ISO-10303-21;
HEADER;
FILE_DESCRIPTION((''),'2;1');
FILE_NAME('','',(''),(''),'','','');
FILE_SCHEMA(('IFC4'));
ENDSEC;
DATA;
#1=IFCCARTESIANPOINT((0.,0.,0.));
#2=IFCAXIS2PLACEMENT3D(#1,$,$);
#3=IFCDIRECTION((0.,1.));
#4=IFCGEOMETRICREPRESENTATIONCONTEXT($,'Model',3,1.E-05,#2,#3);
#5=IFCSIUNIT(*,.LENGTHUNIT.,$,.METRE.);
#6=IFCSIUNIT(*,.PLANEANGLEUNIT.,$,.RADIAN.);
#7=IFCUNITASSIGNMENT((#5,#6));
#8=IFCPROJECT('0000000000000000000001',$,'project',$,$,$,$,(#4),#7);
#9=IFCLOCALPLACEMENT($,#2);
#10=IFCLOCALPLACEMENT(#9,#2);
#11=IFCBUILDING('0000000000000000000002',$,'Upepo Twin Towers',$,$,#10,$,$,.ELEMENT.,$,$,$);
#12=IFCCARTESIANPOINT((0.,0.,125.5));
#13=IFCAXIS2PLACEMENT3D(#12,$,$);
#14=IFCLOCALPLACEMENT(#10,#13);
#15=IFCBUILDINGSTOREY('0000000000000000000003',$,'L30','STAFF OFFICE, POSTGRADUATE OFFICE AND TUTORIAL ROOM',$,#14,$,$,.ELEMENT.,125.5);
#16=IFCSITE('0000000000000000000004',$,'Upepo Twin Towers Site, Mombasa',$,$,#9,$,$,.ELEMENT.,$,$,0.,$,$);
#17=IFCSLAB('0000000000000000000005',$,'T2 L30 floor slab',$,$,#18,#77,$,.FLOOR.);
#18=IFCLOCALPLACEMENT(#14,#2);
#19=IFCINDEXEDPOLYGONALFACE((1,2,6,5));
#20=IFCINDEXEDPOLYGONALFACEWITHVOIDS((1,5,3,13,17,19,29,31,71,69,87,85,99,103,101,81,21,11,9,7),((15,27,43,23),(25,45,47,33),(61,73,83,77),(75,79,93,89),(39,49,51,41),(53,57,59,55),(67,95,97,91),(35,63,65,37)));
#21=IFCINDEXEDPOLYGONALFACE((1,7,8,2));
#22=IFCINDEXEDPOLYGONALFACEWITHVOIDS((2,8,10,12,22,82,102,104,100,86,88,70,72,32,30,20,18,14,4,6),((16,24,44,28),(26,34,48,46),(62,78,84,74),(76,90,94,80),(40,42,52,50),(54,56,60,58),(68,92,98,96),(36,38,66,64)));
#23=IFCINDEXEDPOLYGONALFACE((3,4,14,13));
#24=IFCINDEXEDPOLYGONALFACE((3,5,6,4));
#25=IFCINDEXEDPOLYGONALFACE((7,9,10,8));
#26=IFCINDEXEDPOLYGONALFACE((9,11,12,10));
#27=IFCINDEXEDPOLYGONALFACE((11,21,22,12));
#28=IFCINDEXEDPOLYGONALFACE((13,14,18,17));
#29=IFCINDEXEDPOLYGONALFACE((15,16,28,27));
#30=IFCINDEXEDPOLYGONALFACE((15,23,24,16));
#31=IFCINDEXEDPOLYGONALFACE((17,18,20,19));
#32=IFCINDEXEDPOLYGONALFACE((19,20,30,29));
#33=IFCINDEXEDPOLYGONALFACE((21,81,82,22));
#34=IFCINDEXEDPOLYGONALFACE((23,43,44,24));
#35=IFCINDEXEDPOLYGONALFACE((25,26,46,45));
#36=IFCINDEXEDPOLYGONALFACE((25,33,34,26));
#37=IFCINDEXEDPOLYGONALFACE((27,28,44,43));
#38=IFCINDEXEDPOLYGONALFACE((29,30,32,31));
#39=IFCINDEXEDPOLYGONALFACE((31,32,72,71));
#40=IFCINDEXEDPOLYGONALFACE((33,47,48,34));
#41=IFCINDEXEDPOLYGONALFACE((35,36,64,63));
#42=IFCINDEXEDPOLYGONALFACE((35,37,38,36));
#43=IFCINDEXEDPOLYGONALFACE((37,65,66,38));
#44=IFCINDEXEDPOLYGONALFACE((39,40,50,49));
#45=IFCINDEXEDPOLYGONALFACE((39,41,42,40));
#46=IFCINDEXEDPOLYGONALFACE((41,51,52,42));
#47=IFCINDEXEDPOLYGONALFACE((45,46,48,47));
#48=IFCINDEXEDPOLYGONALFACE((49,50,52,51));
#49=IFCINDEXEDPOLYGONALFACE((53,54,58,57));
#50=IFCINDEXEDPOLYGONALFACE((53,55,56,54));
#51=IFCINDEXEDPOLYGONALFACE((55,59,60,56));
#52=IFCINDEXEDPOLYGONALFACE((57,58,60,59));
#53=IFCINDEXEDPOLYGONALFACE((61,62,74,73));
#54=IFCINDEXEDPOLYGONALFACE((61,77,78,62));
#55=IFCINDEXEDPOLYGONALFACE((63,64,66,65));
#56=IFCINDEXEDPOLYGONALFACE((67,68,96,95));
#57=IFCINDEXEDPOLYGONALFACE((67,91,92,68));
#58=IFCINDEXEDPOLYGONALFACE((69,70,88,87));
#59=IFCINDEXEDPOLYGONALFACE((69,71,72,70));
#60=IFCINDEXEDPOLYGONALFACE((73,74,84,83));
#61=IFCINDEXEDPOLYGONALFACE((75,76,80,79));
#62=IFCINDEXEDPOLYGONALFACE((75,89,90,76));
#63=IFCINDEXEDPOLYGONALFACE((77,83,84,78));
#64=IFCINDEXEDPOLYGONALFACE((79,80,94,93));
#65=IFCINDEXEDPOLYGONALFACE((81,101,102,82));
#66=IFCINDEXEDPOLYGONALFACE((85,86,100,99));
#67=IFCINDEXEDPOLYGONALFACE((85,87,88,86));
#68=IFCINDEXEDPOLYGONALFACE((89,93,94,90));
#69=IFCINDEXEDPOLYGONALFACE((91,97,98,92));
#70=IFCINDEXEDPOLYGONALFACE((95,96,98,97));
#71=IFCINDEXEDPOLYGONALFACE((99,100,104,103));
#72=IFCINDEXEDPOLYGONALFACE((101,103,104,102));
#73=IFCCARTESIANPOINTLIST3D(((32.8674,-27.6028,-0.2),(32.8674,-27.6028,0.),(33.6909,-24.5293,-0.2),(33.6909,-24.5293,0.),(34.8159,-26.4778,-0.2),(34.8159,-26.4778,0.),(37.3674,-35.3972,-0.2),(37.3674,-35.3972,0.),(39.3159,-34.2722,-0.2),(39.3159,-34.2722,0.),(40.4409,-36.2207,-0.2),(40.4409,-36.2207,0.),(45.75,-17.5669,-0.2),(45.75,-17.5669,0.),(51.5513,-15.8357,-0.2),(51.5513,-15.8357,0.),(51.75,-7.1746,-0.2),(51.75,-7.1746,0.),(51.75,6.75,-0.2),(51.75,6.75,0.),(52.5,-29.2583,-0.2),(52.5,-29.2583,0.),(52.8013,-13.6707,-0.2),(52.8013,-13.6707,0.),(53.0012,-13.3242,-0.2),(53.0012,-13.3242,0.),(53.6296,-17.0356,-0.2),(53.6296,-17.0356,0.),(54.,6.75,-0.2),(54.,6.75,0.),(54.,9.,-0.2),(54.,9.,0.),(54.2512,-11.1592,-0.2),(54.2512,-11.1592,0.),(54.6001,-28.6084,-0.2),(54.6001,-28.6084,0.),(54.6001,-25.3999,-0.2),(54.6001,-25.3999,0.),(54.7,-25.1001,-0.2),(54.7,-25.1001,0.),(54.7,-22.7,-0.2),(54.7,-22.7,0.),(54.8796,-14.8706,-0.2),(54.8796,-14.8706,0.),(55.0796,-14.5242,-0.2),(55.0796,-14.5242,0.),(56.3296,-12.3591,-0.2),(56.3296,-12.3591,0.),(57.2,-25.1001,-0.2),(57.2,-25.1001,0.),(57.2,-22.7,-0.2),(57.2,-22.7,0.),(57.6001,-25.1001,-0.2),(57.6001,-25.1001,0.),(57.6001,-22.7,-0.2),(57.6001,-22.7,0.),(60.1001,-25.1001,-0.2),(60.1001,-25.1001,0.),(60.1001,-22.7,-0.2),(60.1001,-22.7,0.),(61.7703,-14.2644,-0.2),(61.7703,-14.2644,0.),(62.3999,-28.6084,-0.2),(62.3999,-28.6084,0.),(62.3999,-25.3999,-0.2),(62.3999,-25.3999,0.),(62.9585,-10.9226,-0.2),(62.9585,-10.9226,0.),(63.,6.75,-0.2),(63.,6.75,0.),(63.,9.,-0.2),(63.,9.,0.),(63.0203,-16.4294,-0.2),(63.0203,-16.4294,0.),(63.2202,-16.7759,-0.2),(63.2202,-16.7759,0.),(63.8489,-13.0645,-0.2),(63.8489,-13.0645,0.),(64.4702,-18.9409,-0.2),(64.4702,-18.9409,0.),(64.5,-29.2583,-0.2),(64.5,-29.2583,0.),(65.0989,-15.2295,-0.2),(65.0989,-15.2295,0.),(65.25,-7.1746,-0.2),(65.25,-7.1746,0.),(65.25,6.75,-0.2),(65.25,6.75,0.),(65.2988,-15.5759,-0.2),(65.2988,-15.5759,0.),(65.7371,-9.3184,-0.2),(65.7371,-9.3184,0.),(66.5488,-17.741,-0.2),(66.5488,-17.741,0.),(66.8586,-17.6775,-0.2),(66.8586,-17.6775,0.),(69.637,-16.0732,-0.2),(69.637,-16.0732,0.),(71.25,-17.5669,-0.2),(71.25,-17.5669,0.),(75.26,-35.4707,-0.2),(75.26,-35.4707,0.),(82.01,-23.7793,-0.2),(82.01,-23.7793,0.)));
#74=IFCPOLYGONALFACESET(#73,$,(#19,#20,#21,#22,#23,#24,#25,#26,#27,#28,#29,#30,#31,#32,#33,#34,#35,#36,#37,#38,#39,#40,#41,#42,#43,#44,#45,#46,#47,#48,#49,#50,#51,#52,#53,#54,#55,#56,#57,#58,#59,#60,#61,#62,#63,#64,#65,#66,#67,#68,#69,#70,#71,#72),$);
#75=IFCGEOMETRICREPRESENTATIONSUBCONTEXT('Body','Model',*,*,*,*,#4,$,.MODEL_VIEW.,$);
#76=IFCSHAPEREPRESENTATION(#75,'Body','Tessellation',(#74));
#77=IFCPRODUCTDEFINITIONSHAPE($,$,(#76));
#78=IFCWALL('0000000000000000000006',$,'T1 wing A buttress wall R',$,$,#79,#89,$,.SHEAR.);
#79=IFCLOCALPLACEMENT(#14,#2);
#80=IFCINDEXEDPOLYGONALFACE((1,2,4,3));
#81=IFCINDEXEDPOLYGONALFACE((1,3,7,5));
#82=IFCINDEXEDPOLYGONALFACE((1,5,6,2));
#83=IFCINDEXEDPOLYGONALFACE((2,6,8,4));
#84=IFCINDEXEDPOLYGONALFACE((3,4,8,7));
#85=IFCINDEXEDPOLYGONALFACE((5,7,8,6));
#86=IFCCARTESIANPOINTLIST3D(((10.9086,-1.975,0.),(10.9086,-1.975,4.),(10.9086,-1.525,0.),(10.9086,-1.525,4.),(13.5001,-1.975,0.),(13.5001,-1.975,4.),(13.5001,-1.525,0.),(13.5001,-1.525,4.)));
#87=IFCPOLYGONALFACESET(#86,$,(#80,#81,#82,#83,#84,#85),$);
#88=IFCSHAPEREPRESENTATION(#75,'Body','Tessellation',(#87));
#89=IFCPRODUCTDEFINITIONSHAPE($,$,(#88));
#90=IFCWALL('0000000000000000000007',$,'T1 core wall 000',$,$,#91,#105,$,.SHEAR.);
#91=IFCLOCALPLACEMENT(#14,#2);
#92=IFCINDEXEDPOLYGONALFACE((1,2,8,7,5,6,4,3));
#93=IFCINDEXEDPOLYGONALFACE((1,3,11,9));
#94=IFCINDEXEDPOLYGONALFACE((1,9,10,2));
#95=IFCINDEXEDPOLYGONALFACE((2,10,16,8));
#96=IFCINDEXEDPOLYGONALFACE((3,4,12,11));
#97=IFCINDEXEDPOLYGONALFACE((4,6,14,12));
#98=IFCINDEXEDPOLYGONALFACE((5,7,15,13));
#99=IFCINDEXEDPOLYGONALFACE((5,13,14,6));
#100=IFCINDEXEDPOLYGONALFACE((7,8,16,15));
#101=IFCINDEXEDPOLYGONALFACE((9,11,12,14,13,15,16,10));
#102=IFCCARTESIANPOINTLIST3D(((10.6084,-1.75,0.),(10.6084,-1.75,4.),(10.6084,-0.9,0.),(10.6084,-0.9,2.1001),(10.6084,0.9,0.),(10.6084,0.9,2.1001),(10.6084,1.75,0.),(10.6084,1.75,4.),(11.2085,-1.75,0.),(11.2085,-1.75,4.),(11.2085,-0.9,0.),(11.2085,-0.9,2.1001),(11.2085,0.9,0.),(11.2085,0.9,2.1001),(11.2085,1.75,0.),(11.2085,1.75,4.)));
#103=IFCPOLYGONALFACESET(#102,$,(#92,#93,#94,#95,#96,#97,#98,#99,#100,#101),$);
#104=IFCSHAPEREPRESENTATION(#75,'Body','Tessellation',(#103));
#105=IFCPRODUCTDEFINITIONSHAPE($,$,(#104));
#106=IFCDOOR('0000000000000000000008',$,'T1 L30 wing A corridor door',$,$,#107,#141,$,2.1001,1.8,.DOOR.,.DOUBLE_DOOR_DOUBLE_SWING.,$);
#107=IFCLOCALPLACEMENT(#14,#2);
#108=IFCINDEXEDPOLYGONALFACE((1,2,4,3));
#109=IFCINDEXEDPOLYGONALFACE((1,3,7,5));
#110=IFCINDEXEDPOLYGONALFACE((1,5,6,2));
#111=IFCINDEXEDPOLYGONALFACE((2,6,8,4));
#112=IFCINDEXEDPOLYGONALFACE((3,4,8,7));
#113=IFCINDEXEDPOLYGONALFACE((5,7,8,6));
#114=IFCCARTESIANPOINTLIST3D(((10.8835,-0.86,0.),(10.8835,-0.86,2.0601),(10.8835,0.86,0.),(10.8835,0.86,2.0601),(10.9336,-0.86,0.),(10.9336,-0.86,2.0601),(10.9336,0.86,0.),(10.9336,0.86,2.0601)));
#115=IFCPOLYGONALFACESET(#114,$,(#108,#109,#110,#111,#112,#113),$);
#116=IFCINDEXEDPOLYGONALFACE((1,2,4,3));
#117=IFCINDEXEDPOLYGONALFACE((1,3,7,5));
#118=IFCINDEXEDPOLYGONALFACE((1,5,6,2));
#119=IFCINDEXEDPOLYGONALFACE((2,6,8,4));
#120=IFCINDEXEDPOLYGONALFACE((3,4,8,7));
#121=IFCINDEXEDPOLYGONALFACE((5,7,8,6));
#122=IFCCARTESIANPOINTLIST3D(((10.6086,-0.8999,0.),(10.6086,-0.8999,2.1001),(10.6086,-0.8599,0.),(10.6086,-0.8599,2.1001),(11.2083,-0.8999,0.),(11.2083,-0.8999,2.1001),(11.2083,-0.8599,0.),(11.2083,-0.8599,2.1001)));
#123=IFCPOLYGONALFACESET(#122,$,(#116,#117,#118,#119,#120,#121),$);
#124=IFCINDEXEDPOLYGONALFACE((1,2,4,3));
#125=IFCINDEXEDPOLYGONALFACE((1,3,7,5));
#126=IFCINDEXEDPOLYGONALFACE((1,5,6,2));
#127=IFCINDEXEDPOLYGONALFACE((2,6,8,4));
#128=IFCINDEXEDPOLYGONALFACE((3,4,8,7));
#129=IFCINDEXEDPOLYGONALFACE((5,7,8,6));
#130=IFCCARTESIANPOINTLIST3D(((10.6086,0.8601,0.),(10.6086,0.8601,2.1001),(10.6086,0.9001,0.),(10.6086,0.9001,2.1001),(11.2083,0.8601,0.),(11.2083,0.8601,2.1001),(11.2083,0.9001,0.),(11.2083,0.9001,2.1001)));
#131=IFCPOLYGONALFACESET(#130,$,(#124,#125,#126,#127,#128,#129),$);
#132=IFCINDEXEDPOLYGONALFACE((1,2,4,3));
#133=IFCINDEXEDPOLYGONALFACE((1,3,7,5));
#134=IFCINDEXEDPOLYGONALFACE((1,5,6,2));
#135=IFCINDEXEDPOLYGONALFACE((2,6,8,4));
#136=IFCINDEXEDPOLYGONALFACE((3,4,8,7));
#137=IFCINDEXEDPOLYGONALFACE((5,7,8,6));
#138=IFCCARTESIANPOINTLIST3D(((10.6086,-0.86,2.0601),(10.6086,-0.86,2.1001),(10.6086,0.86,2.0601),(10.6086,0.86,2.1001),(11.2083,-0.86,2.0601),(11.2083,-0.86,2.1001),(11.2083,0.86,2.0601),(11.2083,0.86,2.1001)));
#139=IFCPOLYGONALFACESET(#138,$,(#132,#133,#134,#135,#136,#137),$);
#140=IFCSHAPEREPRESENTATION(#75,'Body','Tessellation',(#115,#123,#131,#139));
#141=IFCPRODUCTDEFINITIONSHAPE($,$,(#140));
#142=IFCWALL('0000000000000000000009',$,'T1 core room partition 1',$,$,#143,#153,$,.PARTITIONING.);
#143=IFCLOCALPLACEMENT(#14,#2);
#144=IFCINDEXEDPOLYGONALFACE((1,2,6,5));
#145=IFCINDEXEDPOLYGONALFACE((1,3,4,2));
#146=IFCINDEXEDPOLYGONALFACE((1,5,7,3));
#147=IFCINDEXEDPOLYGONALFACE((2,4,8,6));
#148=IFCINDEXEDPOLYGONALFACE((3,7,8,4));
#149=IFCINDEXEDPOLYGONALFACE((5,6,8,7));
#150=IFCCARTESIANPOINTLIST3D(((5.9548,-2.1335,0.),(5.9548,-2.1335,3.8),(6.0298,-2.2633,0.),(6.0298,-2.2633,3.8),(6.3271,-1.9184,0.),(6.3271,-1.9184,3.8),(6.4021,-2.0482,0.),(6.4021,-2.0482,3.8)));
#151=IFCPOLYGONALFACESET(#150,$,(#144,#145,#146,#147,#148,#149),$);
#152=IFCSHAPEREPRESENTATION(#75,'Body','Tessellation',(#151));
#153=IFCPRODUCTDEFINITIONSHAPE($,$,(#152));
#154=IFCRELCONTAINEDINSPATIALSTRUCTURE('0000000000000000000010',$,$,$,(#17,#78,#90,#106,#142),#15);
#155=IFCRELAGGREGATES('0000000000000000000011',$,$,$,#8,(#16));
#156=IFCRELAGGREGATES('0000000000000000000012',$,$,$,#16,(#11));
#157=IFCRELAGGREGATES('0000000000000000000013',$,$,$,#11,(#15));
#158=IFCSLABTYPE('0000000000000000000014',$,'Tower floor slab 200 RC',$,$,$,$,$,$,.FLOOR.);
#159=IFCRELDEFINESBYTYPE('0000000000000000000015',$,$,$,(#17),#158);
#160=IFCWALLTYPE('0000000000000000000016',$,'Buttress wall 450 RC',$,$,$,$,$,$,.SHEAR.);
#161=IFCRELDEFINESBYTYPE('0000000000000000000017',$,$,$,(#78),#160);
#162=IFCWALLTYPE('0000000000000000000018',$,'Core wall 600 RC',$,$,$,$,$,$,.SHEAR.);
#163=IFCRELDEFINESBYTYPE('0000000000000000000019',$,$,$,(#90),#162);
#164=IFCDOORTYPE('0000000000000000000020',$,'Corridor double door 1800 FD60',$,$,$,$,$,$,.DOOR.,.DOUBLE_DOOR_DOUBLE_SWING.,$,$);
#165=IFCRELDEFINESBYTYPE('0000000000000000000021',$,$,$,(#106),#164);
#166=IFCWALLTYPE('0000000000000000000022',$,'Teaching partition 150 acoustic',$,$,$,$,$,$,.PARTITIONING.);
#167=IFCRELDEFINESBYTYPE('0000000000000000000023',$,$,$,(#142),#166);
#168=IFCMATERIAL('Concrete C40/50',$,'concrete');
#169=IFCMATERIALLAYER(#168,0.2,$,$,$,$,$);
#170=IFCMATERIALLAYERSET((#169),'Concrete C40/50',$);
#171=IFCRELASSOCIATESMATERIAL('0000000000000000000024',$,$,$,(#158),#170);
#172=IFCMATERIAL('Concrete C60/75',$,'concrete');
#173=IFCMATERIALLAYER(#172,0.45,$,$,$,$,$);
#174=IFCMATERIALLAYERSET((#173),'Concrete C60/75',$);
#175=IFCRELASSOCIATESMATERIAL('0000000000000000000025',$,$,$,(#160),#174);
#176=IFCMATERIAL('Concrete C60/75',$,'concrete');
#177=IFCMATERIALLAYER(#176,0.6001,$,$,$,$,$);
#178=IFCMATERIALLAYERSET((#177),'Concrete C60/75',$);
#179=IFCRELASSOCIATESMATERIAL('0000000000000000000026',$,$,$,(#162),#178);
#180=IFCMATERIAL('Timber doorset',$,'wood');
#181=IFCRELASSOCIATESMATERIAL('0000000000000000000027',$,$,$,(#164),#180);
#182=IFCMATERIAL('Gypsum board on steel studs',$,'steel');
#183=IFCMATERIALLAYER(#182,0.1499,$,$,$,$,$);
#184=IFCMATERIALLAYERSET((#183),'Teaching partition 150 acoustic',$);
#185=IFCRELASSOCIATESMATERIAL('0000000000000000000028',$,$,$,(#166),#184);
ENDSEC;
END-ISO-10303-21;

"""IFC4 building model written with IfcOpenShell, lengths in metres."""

from ifc_helpers import new_model, si_unit, direction, frame, frame_2d, origin, place, context, subcontext, project, spatial, polyline, rectangle, outline, extrude, material, layer, layer_set, type_object, element, fill, save


model = new_model("IFC4")

# Units and contexts
model_context = context("Model", 3, precision=1e-05, world=origin(), true_north=direction((0.0, 1.0)))
body_context = subcontext(model_context, "Body", "Model", "MODEL_VIEW")
ifc_project = project(units=[si_unit("LENGTHUNIT", "METRE"), si_unit("PLANEANGLEUNIT", "RADIAN")], contexts=[model_context])

# Site, building, storey
site_placement = place(None, origin())
site = spatial("IfcSite", under=ifc_project, at=site_placement, Name="Upepo Twin Towers Site, Mombasa", CompositionType="ELEMENT", RefElevation=0.0)
building_placement = place(site_placement, origin())
building = spatial("IfcBuilding", under=site, at=building_placement, Name="Upepo Twin Towers", CompositionType="ELEMENT")
storey_placement = place(building_placement, frame((0.0, 0.0, 125.5)))
storey = spatial("IfcBuildingStorey", under=building, at=storey_placement, Name="L30", Description="STAFF OFFICE, POSTGRADUATE OFFICE AND TUTORIAL ROOM", CompositionType="ELEMENT", Elevation=125.5)

# Slab
ifc_material_1 = material(Name="Concrete C40/50", Category="concrete")
ifc_layer_1 = layer(ifc_material_1, 0.2)
ifc_layer_set_1 = layer_set([ifc_layer_1], Name="Concrete C40/50")
slab_type_1 = type_object("IfcSlabType", Name="Tower floor slab 200 RC", PredefinedType="FLOOR", material=ifc_layer_set_1)
slab_1_placement = place(storey_placement, frame((0.0, 0.0, -0.2)))
element("IfcSlab", 1, at=slab_1_placement, inside=storey, type_object=slab_type_1, Name="T2 L30 floor slab", PredefinedType="FLOOR", context=body_context, shape_type="SweptSolid", body=[
    extrude(outline(polyline([(75.26, -35.4707), (64.5, -29.2583), (52.5, -29.2583), (40.4409, -36.2207), (39.3159, -34.2722), (37.3674, -35.3972), (32.8674, -27.6028), (34.8159, -26.4778), (33.6909, -24.5293), (45.75, -17.5669), (51.75, -7.1746), (51.75, 6.75), (54.0, 6.75), (54.0, 9.0), (63.0, 9.0), (63.0, 6.75), (65.25, 6.75), (65.25, -7.1746), (71.25, -17.5669), (82.01, -23.7793), (75.26, -35.4707)]), holes=[polyline([(56.3296, -12.3591), (54.2512, -11.1592), (53.0012, -13.3242), (55.0796, -14.5242), (56.3296, -12.3591)]), polyline([(54.8796, -14.8706), (52.8013, -13.6707), (51.5513, -15.8357), (53.6296, -17.0356), (54.8796, -14.8706)]), polyline([(54.7, -22.7), (54.7, -25.1001), (57.2, -25.1001), (57.2, -22.7), (54.7, -22.7)]), polyline([(57.6001, -22.7), (57.6001, -25.1001), (60.1001, -25.1001), (60.1001, -22.7), (57.6001, -22.7)]), polyline([(54.6001, -25.3999), (54.6001, -28.6084), (62.3999, -28.6084), (62.3999, -25.3999), (54.6001, -25.3999)]), polyline([(64.4702, -18.9409), (66.5488, -17.741), (65.2988, -15.5759), (63.2202, -16.7759), (64.4702, -18.9409)]), polyline([(63.0203, -16.4294), (65.0989, -15.2295), (63.8489, -13.0645), (61.7703, -14.2644), (63.0203, -16.4294)]), polyline([(66.8586, -17.6775), (69.637, -16.0732), (65.7371, -9.3184), (62.9585, -10.9226), (66.8586, -17.6775)])]), origin(), (0.0, 0.0, 1.0), 0.2),
])

# Wall
ifc_material_2 = material(Name="Concrete C60/75", Category="concrete")
ifc_layer_2 = layer(ifc_material_2, 0.45)
ifc_layer_set_2 = layer_set([ifc_layer_2], Name="Concrete C60/75")
wall_type_1 = type_object("IfcWallType", Name="Buttress wall 450 RC", PredefinedType="SHEAR", material=ifc_layer_set_2)
wall_1_placement = place(storey_placement, frame((10.9084, -1.75, 0.0), z_axis=(0.0, 0.0, 1.0), x_axis=(1.0, 0.0, 0.0)))
element("IfcWall", 2, at=wall_1_placement, inside=storey, type_object=wall_type_1, Name="T1 wing A buttress wall R", PredefinedType="SHEAR", context=body_context, shape_type="SweptSolid", body=[
    extrude(rectangle(XDim=2.5916, YDim=0.45, at=frame_2d((1.2959, 0.0))), origin(), (0.0, 0.0, 1.0), 4.0),
])

# Wall, opening, door
ifc_material_3 = material(Name="Concrete C60/75", Category="concrete")
ifc_layer_3 = layer(ifc_material_3, 0.6001)
ifc_layer_set_3 = layer_set([ifc_layer_3], Name="Concrete C60/75")
wall_type_2 = type_object("IfcWallType", Name="Core wall 600 RC", PredefinedType="SHEAR", material=ifc_layer_set_3)
wall_2_placement = place(storey_placement, frame((10.9084, -1.75, 0.0), z_axis=(0.0, 0.0, 1.0), x_axis=(0.0, 1.0, 0.0)))
wall_2 = element("IfcWall", 3, at=wall_2_placement, inside=storey, type_object=wall_type_2, Name="T1 core wall 000", PredefinedType="SHEAR", context=body_context, shape_type="SweptSolid", body=[
    extrude(rectangle(XDim=3.5, YDim=0.6001, at=frame_2d((1.75, 0.0))), origin(), (0.0, 0.0, 1.0), 4.0),
])
opening_1_placement = place(wall_2_placement, frame((0.8501, 0.0, 0.0)))
opening_1 = element("IfcOpeningElement", 4, at=opening_1_placement, cuts=wall_2, PredefinedType="OPENING", context=body_context, shape_type="SweptSolid", body=[
    extrude(rectangle(XDim=1.8, YDim=2.1001, at=frame_2d((0.8999, 1.05))), frame((0.0, 0.3101, 0.0), z_axis=(0.0, -1.0, 0.0), x_axis=(1.0, 0.0, 0.0)), (0.0, 0.0, 1.0), 0.6201),
])
ifc_material_4 = material(Name="Timber doorset", Category="wood")
door_type_1 = type_object("IfcDoorType", Name="Corridor double door 1800 FD60", OperationType="DOUBLE_DOOR_DOUBLE_SWING", PredefinedType="DOOR", material=ifc_material_4)
door_1_placement = place(opening_1_placement, origin())
door_1 = element("IfcDoor", 5, at=door_1_placement, inside=storey, type_object=door_type_1, Name="T1 L30 wing A corridor door", OperationType="DOUBLE_DOOR_DOUBLE_SWING", OverallHeight=2.1001, OverallWidth=1.8, PredefinedType="DOOR", context=body_context, shape_type="SweptSolid", body=[
    extrude(rectangle(XDim=1.72, YDim=2.0601, at=frame_2d((0.8999, 1.03))), frame((0.0, 0.0249, 0.0), z_axis=(0.0, -1.0, 0.0), x_axis=(1.0, 0.0, 0.0)), (0.0, 0.0, 1.0), 0.05),
    extrude(rectangle(XDim=0.04, YDim=2.1001, at=frame_2d((0.02, 1.05))), frame((0.0, 0.2998, 0.0), z_axis=(0.0, -1.0, 0.0), x_axis=(1.0, 0.0, 0.0)), (0.0, 0.0, 1.0), 0.5996),
    extrude(rectangle(XDim=0.04, YDim=2.1001, at=frame_2d((1.78, 1.05))), frame((0.0, 0.2998, 0.0), z_axis=(0.0, -1.0, 0.0), x_axis=(1.0, 0.0, 0.0)), (0.0, 0.0, 1.0), 0.5996),
    extrude(rectangle(XDim=1.72, YDim=0.04, at=frame_2d((0.8999, 2.0801))), frame((0.0, 0.2998, 0.0), z_axis=(0.0, -1.0, 0.0), x_axis=(1.0, 0.0, 0.0)), (0.0, 0.0, 1.0), 0.5996),
])
fill(opening_1, door_1)

# Wall
ifc_material_5 = material(Name="Gypsum board on steel studs", Category="steel")
ifc_layer_4 = layer(ifc_material_5, 0.1499)
ifc_layer_set_4 = layer_set([ifc_layer_4], Name="Teaching partition 150 acoustic")
wall_type_3 = type_object("IfcWallType", Name="Teaching partition 150 acoustic", PredefinedType="PARTITIONING", material=ifc_layer_set_4)
wall_3_placement = place(storey_placement, frame((6.3645, -1.9834, 0.0), z_axis=(0.0, 0.0, 1.0), x_axis=(-0.865892, -0.50023, 0.0)))
element("IfcWall", 6, at=wall_3_placement, inside=storey, type_object=wall_type_3, Name="T1 core room partition 1", PredefinedType="PARTITIONING", context=body_context, shape_type="SweptSolid", body=[
    extrude(rectangle(XDim=0.4299, YDim=0.1499, at=frame_2d((0.2148, 0.0))), origin(), (0.0, 0.0, 1.0), 3.8),
])

save(model, "model.ifc")
